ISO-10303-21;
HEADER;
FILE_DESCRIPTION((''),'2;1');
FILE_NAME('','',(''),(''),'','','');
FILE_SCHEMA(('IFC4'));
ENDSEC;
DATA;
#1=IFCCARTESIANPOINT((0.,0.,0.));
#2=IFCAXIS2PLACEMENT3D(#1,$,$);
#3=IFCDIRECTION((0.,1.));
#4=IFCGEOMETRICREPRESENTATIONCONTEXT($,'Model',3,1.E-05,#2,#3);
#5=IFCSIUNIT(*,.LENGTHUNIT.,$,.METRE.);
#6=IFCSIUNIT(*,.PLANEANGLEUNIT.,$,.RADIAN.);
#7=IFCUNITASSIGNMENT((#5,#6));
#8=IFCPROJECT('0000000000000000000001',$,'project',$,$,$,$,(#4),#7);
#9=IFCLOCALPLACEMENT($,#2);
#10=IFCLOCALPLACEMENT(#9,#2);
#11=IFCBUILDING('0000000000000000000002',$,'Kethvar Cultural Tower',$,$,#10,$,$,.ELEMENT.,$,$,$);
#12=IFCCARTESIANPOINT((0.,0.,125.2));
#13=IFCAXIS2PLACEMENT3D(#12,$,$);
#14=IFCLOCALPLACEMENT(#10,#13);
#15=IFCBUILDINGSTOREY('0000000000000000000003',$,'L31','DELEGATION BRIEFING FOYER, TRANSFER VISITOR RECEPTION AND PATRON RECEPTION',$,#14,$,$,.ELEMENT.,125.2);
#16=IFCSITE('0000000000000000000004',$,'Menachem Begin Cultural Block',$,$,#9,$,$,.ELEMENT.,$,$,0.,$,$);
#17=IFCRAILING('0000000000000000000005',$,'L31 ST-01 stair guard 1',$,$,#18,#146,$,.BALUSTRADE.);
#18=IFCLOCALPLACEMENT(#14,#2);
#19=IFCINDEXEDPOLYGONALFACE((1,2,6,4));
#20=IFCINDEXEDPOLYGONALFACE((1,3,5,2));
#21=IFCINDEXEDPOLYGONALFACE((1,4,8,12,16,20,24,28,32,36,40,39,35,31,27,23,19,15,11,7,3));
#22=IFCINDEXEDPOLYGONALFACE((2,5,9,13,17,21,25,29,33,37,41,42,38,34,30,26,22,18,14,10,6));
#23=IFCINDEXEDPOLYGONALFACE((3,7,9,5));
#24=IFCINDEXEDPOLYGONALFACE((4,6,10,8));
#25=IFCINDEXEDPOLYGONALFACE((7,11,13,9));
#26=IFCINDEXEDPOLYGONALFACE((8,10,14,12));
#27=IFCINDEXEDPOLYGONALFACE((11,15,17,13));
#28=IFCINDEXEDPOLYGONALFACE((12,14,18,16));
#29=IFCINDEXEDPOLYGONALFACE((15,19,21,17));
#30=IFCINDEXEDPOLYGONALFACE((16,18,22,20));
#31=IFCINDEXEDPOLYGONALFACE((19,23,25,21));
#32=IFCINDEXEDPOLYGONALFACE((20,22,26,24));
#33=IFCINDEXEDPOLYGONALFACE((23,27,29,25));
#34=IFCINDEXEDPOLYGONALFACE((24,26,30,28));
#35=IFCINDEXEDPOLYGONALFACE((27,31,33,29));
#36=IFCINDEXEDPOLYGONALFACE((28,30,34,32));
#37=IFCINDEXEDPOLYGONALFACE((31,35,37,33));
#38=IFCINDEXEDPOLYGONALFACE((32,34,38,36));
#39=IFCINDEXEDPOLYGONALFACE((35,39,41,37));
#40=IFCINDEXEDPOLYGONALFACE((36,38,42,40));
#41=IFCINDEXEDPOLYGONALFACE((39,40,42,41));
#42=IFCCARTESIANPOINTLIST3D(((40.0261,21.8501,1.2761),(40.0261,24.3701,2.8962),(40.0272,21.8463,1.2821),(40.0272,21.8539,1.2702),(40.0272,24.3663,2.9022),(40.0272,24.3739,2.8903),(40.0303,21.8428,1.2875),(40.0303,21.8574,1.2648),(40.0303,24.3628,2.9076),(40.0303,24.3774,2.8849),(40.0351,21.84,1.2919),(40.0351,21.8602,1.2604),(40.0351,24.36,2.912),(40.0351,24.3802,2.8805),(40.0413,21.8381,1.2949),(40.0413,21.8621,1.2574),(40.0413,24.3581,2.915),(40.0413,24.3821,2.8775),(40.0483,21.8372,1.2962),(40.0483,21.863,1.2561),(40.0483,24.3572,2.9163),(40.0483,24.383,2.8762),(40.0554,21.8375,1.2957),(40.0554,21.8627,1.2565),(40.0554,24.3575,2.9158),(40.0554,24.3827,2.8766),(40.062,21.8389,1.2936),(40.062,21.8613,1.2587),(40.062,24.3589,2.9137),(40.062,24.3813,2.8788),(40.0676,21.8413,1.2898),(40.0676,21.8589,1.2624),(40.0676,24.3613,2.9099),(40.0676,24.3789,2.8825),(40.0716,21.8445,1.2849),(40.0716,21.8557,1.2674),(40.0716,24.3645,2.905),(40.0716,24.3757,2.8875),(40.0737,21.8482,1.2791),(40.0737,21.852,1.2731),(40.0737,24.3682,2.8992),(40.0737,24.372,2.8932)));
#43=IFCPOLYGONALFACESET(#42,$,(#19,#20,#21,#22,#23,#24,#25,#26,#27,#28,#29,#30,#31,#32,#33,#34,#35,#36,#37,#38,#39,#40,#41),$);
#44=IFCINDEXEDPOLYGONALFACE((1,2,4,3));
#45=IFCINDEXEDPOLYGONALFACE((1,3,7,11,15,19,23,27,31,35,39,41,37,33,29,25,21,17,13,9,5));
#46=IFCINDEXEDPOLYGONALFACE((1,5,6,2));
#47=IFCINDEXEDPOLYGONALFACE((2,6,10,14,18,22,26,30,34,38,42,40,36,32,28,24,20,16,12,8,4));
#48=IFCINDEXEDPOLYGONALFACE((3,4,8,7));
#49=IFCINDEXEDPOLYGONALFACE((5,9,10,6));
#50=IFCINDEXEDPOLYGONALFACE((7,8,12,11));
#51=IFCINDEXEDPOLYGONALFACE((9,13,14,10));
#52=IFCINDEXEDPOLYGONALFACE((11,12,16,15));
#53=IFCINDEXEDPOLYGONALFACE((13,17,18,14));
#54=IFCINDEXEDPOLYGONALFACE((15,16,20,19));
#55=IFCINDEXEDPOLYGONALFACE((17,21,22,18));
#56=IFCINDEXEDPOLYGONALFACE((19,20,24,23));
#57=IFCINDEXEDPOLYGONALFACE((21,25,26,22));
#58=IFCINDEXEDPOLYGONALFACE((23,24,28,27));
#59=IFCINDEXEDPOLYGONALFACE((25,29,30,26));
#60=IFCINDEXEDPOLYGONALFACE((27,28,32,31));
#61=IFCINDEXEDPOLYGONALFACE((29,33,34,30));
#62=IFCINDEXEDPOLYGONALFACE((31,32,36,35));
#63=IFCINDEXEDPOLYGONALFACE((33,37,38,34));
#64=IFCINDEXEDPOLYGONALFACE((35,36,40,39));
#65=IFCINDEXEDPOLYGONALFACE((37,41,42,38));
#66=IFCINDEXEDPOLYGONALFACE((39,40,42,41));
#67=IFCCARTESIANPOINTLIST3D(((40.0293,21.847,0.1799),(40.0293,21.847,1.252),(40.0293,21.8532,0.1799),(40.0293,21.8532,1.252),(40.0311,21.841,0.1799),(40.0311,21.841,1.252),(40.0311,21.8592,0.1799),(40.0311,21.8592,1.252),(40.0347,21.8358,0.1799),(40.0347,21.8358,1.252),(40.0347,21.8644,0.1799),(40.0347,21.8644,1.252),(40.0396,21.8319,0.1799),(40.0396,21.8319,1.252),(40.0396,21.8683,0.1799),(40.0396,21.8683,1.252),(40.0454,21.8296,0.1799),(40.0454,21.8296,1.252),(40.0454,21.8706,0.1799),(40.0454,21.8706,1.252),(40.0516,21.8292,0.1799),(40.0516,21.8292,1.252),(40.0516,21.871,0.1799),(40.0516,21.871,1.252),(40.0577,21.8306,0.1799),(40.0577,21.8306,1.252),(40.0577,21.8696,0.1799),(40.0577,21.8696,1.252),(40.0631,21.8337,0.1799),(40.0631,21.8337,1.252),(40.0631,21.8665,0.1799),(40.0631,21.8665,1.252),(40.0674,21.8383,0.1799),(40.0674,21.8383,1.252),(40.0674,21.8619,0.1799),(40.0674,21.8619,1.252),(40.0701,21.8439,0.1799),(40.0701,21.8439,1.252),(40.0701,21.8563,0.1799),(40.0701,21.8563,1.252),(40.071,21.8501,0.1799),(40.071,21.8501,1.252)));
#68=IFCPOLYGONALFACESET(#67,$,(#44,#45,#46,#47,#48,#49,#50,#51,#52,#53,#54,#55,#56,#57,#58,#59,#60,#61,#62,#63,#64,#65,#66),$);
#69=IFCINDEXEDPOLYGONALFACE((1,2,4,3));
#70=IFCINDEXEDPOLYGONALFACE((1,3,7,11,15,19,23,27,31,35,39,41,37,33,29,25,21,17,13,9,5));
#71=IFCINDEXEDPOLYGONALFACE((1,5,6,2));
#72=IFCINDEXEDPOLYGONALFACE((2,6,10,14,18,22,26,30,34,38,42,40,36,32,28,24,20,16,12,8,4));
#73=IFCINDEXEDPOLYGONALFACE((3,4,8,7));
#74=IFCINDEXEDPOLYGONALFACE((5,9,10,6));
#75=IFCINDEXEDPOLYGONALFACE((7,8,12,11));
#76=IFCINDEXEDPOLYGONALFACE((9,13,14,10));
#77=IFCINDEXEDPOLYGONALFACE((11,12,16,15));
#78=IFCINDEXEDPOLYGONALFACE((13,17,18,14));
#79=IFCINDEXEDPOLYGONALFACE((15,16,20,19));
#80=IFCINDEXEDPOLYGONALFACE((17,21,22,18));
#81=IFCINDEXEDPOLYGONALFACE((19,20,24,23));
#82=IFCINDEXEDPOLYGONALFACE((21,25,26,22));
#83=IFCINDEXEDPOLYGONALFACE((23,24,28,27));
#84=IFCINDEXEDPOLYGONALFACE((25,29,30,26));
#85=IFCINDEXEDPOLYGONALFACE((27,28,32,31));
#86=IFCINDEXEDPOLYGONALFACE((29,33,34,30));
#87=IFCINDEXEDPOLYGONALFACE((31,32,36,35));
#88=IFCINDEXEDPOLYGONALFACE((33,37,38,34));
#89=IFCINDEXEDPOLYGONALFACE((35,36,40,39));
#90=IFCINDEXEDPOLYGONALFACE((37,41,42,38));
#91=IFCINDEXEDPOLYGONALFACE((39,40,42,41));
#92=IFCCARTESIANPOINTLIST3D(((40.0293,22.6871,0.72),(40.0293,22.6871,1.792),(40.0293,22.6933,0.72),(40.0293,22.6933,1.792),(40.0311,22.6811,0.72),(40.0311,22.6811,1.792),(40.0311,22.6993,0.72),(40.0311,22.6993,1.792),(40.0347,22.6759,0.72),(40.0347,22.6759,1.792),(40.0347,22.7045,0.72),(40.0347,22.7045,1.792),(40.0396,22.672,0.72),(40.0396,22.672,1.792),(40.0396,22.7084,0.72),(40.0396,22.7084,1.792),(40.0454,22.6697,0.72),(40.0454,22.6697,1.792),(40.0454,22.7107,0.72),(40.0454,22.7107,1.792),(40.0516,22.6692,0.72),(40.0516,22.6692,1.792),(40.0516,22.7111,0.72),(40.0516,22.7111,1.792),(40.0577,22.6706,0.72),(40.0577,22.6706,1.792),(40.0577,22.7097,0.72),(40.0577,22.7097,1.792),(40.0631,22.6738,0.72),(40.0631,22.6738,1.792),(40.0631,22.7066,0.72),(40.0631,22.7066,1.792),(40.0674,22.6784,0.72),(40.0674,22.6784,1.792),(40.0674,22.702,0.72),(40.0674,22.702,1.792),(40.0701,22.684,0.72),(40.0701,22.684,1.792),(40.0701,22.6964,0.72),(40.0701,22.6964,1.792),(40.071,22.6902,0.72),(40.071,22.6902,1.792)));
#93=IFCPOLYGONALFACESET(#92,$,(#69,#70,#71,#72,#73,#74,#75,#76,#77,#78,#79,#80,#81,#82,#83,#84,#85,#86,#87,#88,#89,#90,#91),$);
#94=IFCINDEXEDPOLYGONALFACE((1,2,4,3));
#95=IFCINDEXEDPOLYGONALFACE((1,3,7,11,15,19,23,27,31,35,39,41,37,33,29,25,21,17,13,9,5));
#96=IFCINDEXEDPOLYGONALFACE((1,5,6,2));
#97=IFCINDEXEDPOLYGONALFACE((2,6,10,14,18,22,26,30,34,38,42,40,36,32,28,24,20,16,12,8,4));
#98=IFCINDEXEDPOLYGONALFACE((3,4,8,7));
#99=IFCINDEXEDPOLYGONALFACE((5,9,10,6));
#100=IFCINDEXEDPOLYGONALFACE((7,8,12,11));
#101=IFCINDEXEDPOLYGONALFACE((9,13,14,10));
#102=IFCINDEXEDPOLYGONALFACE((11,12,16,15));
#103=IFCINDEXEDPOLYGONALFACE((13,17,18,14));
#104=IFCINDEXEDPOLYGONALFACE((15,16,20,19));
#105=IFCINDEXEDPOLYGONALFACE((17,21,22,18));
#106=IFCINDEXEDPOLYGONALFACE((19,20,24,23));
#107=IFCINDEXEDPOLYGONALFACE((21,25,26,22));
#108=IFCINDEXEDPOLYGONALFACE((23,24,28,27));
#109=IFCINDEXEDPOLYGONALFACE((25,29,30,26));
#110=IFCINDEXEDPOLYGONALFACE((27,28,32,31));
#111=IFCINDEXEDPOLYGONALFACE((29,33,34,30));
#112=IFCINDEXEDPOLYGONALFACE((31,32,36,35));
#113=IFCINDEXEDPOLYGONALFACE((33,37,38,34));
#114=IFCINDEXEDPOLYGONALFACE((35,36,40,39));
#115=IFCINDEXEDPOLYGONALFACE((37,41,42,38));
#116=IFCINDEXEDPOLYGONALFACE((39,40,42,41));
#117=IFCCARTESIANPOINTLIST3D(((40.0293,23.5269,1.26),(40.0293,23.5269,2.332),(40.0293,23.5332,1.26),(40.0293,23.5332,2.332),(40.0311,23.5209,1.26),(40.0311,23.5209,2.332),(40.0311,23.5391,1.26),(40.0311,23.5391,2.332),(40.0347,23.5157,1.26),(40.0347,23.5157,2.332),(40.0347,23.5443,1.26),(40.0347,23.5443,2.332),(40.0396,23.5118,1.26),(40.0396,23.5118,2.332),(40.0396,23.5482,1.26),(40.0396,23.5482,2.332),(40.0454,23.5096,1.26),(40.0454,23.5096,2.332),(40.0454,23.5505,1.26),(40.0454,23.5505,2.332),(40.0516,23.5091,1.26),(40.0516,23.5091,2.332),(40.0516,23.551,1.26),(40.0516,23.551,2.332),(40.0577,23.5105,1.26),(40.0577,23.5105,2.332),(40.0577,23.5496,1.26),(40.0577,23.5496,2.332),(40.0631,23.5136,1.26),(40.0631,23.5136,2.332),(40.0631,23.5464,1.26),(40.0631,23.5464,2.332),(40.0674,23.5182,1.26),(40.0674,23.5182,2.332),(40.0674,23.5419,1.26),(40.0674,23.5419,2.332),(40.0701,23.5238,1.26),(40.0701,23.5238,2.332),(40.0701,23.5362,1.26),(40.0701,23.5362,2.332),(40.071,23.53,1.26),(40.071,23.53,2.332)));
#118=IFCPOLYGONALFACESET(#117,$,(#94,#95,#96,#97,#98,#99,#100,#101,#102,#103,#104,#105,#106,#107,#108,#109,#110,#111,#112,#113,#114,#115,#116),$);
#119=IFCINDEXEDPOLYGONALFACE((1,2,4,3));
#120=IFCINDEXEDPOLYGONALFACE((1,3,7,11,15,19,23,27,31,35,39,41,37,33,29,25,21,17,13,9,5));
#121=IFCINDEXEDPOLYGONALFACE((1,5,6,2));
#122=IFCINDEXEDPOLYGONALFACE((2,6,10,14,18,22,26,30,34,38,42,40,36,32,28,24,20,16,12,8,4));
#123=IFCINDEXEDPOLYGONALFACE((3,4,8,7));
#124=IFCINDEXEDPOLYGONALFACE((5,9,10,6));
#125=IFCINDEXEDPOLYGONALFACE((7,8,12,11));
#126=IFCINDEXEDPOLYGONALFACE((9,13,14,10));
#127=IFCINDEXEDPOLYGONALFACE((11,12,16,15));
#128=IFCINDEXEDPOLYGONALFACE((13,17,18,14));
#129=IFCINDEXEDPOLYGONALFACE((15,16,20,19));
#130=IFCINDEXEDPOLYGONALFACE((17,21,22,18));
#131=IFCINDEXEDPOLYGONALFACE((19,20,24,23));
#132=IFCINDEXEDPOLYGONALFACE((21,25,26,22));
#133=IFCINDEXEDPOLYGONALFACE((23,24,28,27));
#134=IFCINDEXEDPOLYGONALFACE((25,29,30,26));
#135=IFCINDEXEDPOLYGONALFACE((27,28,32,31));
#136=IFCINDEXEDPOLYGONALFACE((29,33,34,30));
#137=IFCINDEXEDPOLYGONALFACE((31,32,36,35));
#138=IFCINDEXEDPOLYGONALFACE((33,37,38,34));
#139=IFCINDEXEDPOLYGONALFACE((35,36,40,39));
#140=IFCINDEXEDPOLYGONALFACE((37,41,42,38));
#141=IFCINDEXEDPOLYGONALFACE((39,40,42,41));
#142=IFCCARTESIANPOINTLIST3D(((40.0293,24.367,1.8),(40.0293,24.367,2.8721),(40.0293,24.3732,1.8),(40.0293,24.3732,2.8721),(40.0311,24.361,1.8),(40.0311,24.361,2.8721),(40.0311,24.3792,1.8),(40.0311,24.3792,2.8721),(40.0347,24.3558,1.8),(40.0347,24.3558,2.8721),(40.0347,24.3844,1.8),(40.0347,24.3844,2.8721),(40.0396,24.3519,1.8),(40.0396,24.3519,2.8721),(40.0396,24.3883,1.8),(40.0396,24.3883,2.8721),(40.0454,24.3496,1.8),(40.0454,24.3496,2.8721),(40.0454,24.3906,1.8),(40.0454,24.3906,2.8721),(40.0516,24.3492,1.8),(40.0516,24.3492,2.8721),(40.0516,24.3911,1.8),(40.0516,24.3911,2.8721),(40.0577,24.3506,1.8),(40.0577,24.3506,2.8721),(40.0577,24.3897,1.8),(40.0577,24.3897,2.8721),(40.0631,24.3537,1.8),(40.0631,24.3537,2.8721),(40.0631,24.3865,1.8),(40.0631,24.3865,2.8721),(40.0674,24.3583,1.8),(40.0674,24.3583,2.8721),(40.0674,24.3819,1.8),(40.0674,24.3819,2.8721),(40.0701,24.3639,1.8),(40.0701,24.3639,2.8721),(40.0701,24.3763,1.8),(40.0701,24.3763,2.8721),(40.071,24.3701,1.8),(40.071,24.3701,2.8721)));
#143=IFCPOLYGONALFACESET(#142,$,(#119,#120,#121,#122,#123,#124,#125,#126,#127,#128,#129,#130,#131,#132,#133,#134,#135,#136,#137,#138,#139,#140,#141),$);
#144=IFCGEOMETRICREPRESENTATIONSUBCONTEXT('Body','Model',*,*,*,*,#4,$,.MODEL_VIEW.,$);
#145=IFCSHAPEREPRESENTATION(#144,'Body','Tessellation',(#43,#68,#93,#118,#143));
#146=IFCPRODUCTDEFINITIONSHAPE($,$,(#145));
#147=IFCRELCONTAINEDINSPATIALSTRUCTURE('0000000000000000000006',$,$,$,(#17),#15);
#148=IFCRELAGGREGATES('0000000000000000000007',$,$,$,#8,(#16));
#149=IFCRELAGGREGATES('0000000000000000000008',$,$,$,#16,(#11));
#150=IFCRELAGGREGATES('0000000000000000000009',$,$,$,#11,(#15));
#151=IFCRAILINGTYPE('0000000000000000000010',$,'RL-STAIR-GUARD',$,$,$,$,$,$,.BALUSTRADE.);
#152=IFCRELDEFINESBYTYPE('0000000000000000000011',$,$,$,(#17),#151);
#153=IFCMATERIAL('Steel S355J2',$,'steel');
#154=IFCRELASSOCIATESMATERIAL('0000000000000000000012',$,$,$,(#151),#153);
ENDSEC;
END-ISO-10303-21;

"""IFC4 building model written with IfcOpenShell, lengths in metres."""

from ifc_helpers import new_model, si_unit, direction, frame, origin, origin_2d, place, context, subcontext, project, spatial, circle, extrude, material, type_object, element, save


model = new_model("IFC4")

# Units and contexts
model_context = context("Model", 3, precision=1e-05, world=origin(), true_north=direction((0.0, 1.0)))
body_context = subcontext(model_context, "Body", "Model", "MODEL_VIEW")
ifc_project = project(units=[si_unit("LENGTHUNIT", "METRE"), si_unit("PLANEANGLEUNIT", "RADIAN")], contexts=[model_context])

# Site, building, storey
site_placement = place(None, origin())
site = spatial("IfcSite", under=ifc_project, at=site_placement, Name="Menachem Begin Cultural Block", CompositionType="ELEMENT", RefElevation=0.0)
building_placement = place(site_placement, origin())
building = spatial("IfcBuilding", under=site, at=building_placement, Name="Kethvar Cultural Tower", CompositionType="ELEMENT")
storey_placement = place(building_placement, frame((0.0, 0.0, 125.2)))
storey = spatial("IfcBuildingStorey", under=building, at=storey_placement, Name="L31", Description="DELEGATION BRIEFING FOYER, TRANSFER VISITOR RECEPTION AND PATRON RECEPTION", CompositionType="ELEMENT", Elevation=125.2)

# Shared definitions
ifc_material_1 = material(Name="Steel S355J2", Category="steel")

# Railing
railing_type_1 = type_object("IfcRailingType", Name="RL-STAIR-GUARD", PredefinedType="BALUSTRADE", material=ifc_material_1)
railing_1_placement = place(storey_placement, frame((40.05, 21.8501, 0.1799)))
element("IfcRailing", 1, at=railing_1_placement, inside=storey, type_object=railing_type_1, Name="L31 ST-01 stair guard 1", PredefinedType="BALUSTRADE", context=body_context, shape_type="SweptSolid", body=[
    extrude(circle(Radius=0.0239, at=origin_2d()), frame((0.0, 0.0, 1.0962), z_axis=(0.0, 0.841163, 0.540782), x_axis=(-1.0, 0.0, 0.0)), (0.0, 0.0, 1.0), 2.9958),
    extrude(circle(Radius=0.021, at=origin_2d()), origin(), (0.0, 0.0, 1.0), 1.072),
    extrude(circle(Radius=0.021, at=origin_2d()), frame((0.0, 0.8401, 0.54)), (0.0, 0.0, 1.0), 1.072),
    extrude(circle(Radius=0.021, at=origin_2d()), frame((0.0, 1.6799, 1.0801)), (0.0, 0.0, 1.0), 1.072),
    extrude(circle(Radius=0.021, at=origin_2d()), frame((0.0, 2.52, 1.6201)), (0.0, 0.0, 1.0), 1.072),
])

save(model, "model.ifc")
